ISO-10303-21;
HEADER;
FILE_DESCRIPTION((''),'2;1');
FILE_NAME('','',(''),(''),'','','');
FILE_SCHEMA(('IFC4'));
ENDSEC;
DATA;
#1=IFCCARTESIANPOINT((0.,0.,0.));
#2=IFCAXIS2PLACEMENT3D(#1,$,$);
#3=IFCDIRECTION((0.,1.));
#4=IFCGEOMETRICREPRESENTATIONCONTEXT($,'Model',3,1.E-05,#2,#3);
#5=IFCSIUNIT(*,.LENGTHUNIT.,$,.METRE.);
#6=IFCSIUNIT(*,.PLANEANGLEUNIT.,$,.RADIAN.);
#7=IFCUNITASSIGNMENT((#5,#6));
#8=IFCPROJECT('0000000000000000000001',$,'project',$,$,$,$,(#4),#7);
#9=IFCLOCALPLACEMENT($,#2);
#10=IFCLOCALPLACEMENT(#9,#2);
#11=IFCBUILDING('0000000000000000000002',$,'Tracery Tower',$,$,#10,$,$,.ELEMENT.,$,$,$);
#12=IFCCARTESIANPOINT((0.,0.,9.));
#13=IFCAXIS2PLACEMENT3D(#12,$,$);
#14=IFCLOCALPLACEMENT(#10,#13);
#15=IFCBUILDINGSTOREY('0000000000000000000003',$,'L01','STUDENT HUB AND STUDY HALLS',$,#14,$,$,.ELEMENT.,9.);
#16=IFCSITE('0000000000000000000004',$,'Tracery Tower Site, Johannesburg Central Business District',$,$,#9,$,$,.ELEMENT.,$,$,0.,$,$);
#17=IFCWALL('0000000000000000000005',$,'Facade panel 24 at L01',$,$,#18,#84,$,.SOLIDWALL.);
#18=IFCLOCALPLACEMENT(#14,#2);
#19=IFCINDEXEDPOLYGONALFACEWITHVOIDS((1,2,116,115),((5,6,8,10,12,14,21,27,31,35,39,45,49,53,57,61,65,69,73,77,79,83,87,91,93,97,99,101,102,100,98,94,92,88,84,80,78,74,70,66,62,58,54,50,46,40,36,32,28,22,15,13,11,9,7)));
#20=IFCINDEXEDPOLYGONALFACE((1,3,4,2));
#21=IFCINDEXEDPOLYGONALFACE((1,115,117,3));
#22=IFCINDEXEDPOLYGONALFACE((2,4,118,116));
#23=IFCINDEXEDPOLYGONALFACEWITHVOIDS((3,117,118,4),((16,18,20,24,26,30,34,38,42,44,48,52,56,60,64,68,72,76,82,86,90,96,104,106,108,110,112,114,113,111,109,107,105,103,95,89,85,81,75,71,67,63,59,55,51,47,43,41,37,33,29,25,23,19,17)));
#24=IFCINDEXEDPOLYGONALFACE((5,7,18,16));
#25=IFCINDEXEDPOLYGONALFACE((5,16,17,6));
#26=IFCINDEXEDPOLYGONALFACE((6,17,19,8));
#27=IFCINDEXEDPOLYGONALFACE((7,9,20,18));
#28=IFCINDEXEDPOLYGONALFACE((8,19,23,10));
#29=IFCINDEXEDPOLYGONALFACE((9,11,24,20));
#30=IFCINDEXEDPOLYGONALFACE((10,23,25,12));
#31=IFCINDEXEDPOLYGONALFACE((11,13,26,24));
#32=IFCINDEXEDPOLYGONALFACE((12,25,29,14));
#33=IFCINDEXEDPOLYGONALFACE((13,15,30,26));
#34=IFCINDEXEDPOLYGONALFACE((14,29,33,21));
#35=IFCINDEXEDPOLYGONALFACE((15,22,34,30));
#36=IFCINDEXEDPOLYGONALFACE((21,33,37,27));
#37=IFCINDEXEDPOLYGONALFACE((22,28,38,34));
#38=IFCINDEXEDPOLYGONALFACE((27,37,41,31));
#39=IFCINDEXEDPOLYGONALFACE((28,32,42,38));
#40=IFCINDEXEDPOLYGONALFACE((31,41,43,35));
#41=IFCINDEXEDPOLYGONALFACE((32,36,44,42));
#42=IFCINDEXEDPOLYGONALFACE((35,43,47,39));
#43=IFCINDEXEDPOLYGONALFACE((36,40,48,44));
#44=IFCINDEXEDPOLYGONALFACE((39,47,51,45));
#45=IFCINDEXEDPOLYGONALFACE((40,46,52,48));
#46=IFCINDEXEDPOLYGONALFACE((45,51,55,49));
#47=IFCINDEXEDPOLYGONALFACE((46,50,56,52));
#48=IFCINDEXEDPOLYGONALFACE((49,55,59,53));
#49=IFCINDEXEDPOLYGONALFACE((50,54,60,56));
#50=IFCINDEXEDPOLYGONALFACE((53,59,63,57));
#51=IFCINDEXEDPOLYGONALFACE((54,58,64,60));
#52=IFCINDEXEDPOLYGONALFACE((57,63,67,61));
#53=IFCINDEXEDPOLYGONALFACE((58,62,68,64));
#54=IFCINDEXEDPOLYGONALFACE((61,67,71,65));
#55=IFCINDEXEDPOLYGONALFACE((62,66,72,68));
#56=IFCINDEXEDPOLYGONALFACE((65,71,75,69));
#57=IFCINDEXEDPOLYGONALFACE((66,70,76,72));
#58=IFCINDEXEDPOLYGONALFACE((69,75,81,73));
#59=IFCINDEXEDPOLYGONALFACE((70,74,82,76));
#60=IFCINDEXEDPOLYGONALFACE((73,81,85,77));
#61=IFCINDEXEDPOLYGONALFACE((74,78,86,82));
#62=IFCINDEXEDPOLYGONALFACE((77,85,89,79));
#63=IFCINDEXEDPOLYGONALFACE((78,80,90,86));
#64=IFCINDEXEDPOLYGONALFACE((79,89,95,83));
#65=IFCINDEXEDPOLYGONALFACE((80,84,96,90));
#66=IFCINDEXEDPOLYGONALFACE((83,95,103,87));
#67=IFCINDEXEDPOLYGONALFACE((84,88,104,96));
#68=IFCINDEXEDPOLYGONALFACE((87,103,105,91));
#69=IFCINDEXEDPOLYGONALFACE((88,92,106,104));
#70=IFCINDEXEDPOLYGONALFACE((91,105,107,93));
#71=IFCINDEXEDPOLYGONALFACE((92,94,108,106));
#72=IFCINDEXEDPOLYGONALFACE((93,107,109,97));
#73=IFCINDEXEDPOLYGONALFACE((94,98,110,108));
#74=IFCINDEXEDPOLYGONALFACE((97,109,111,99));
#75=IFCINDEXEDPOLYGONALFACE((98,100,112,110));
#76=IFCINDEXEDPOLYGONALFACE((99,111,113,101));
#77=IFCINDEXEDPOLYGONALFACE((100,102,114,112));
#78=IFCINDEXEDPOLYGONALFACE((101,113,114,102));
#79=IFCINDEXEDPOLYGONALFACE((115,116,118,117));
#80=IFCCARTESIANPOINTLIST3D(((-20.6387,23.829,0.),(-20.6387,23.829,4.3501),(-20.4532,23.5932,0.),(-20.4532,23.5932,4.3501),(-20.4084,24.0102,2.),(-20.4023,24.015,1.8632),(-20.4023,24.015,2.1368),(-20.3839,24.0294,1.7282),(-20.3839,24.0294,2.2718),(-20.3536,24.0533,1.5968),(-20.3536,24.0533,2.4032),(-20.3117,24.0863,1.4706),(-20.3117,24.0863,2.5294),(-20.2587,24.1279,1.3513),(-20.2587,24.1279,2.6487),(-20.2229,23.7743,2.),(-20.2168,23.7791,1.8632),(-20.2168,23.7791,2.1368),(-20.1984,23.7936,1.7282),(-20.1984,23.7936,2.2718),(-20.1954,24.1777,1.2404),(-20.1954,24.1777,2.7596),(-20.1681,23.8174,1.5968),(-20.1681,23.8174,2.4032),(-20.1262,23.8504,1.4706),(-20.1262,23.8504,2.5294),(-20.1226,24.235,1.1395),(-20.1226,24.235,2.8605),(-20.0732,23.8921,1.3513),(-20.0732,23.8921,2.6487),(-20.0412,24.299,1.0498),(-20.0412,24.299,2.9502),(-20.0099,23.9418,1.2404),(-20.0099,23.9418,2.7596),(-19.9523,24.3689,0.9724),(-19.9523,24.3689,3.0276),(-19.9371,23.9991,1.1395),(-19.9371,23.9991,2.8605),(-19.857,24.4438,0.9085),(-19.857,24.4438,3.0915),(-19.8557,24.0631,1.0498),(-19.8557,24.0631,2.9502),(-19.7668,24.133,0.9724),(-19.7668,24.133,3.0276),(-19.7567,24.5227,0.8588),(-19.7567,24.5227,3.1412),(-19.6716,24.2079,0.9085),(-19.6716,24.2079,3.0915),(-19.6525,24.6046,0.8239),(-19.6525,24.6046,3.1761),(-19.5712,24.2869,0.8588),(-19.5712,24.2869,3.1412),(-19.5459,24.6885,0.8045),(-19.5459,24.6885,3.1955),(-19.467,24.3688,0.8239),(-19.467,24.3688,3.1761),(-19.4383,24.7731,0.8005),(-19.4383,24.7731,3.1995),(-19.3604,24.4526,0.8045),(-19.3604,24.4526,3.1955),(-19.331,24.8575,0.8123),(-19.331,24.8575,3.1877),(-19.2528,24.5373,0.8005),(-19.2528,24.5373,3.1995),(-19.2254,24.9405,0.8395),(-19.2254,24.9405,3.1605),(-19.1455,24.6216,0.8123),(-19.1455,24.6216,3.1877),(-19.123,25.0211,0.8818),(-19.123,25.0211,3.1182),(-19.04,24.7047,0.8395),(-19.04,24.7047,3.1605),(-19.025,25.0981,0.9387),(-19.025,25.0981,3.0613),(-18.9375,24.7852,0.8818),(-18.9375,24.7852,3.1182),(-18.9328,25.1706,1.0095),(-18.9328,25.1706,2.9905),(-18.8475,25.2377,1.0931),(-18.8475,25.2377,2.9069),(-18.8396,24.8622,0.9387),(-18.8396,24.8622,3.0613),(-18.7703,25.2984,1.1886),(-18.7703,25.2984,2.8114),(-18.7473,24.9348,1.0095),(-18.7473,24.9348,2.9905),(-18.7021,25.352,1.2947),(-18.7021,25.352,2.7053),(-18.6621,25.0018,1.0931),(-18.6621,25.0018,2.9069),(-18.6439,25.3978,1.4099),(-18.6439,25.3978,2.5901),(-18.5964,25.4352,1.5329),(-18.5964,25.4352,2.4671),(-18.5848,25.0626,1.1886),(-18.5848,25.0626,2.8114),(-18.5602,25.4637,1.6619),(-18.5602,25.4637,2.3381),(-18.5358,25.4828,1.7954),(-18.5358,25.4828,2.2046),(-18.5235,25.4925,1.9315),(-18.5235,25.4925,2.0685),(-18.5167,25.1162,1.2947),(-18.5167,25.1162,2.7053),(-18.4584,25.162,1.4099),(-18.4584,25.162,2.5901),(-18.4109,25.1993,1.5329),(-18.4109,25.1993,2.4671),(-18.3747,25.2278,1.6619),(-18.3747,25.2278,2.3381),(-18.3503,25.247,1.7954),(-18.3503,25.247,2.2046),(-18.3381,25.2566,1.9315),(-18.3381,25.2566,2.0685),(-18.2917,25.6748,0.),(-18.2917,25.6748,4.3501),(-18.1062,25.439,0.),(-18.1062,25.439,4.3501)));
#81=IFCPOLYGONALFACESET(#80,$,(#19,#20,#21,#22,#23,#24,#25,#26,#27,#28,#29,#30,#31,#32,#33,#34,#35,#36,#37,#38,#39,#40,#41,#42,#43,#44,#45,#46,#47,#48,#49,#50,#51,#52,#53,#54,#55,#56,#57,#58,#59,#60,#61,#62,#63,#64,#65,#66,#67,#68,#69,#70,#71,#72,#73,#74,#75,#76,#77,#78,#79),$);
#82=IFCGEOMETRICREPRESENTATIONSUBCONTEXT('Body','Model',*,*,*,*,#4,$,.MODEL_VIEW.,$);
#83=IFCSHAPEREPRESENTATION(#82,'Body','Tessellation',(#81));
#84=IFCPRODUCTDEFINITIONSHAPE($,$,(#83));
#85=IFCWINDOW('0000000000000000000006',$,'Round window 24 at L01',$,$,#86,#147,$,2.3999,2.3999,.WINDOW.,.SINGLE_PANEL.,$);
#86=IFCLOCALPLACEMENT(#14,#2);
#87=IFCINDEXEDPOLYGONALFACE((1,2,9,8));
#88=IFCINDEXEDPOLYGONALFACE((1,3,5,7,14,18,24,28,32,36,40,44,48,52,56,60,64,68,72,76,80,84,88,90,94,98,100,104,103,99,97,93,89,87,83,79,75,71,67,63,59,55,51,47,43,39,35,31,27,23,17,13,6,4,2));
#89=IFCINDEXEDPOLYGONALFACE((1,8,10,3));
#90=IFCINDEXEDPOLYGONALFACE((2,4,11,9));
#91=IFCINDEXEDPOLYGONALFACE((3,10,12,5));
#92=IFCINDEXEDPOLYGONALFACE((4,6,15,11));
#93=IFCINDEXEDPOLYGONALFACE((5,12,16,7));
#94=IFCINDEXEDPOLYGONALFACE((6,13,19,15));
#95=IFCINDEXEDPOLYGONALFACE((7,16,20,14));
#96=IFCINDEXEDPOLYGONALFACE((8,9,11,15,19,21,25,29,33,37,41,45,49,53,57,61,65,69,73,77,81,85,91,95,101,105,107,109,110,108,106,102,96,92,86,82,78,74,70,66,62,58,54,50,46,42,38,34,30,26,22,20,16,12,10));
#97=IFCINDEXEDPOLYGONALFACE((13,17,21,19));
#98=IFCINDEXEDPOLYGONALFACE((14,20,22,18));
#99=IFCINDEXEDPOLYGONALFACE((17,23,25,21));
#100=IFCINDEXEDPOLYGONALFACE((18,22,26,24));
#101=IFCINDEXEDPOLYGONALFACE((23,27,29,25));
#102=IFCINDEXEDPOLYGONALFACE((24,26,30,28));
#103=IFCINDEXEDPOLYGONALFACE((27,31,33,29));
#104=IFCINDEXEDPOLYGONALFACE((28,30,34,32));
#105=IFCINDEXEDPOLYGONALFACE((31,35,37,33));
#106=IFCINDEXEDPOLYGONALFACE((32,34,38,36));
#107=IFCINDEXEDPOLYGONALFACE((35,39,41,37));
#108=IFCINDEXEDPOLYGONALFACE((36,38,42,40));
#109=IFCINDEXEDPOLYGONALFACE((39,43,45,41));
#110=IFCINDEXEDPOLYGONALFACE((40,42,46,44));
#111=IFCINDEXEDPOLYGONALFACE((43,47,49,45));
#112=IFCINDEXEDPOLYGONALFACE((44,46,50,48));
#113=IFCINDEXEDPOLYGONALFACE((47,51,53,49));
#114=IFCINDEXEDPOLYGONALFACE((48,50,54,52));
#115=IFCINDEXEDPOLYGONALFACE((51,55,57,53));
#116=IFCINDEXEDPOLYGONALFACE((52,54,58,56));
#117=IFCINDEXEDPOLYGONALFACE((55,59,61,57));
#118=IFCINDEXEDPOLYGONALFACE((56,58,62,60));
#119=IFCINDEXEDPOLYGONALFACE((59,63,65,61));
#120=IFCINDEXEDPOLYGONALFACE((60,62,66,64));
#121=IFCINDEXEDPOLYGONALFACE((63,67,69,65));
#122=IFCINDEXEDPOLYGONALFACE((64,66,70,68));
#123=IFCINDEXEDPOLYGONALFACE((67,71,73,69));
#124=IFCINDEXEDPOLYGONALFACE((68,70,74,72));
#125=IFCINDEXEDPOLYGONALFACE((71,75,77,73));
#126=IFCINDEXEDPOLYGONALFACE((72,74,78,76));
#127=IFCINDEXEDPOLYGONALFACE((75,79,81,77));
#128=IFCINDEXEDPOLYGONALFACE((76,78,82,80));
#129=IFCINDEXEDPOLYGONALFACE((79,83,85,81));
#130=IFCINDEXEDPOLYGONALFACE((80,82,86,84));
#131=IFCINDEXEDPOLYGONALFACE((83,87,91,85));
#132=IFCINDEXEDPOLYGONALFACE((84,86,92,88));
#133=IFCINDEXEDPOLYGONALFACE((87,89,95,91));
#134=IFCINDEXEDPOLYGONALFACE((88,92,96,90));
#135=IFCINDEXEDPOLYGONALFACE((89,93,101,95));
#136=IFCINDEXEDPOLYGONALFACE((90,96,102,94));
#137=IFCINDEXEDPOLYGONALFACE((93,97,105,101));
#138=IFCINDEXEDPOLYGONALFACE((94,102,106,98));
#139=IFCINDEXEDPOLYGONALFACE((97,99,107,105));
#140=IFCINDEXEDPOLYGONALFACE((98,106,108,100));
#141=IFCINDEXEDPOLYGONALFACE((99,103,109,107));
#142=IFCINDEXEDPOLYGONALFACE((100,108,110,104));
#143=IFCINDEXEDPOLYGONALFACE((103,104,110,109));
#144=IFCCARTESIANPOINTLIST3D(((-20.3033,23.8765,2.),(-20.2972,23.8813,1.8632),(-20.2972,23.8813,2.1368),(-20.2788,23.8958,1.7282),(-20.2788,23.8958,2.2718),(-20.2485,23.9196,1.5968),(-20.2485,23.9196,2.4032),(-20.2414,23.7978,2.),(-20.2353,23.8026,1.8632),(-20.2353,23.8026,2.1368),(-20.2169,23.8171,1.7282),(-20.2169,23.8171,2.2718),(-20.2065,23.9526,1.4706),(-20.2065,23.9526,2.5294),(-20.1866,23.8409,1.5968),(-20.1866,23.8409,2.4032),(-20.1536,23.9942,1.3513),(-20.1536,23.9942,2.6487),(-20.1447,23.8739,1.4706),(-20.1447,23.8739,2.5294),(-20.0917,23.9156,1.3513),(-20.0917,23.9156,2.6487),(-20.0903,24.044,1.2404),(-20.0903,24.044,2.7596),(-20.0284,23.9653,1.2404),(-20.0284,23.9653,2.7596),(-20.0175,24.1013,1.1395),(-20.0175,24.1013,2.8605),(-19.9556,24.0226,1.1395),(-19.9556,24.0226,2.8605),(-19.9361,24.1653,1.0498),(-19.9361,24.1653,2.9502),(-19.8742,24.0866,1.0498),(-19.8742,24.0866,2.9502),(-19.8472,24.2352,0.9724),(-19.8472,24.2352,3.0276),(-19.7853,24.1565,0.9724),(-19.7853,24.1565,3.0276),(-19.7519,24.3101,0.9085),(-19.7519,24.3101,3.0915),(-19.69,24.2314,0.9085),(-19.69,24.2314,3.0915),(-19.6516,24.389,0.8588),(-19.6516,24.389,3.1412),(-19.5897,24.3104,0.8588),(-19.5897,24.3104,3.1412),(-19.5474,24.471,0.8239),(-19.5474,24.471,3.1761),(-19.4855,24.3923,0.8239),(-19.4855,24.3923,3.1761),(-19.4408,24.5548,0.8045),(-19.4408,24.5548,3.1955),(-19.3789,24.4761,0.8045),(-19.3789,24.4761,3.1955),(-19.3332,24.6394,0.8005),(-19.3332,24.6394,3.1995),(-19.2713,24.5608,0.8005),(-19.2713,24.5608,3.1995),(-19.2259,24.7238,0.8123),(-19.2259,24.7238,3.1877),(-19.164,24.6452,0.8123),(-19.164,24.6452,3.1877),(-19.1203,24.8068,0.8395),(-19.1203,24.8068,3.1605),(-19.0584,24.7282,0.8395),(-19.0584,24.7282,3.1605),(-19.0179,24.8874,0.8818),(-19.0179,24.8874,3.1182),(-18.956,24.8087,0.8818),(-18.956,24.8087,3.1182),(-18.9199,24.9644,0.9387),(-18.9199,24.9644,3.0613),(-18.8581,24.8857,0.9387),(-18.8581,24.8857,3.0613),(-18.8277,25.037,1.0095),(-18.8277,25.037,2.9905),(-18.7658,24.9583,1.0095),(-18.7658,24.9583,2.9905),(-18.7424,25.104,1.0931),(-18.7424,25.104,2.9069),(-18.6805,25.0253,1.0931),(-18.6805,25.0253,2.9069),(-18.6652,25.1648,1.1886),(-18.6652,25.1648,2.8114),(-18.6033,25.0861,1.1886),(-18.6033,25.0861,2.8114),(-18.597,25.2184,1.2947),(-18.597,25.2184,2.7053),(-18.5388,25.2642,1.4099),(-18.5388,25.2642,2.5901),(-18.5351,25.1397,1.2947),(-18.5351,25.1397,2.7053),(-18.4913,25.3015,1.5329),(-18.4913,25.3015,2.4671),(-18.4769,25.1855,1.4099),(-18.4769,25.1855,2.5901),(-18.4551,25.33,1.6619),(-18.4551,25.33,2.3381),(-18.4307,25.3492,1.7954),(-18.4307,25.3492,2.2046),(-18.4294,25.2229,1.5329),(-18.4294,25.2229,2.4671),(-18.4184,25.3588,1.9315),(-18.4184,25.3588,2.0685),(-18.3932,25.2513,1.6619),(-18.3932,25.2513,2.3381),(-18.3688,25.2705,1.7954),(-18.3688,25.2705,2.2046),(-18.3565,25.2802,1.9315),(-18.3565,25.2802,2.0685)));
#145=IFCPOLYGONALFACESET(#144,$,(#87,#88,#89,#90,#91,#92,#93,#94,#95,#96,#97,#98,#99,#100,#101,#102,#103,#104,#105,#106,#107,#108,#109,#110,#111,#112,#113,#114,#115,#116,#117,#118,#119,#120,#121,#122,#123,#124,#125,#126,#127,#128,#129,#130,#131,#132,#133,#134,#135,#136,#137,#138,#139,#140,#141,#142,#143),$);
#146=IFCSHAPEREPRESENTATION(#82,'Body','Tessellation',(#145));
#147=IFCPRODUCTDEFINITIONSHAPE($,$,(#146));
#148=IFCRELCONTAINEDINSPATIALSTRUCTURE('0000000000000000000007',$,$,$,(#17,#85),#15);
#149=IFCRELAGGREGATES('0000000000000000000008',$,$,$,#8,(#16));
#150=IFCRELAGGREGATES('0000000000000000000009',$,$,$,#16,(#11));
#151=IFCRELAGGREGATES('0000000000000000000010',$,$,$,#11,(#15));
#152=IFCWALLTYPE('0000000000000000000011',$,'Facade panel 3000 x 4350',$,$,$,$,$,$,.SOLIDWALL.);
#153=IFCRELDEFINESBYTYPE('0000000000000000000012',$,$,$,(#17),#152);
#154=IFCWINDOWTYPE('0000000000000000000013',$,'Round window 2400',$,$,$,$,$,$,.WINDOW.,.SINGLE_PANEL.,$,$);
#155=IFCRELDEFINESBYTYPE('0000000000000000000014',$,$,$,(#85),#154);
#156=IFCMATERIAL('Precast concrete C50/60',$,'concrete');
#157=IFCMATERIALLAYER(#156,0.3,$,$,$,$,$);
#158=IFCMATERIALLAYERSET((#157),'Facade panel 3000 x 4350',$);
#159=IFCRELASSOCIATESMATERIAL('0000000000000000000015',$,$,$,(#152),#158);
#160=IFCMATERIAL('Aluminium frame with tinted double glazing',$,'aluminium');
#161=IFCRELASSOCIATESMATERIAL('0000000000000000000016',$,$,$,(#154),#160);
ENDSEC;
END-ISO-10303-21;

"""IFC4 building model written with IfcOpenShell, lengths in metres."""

from ifc_helpers import new_model, si_unit, direction, frame, frame_2d, origin, origin_2d, place, context, subcontext, project, spatial, rectangle, circle, extrude, material, layer, layer_set, type_object, element, fill, save


model = new_model("IFC4")

# Units and contexts
model_context = context("Model", 3, precision=1e-05, world=origin(), true_north=direction((0.0, 1.0)))
body_context = subcontext(model_context, "Body", "Model", "MODEL_VIEW")
ifc_project = project(units=[si_unit("LENGTHUNIT", "METRE"), si_unit("PLANEANGLEUNIT", "RADIAN")], contexts=[model_context])

# Site, building, storey
site_placement = place(None, origin())
site = spatial("IfcSite", under=ifc_project, at=site_placement, Name="Tracery Tower Site, Johannesburg Central Business District", CompositionType="ELEMENT", RefElevation=0.0)
building_placement = place(site_placement, origin())
building = spatial("IfcBuilding", under=site, at=building_placement, Name="Tracery Tower", CompositionType="ELEMENT")
storey_placement = place(building_placement, frame((0.0, 0.0, 9.0)))
storey = spatial("IfcBuildingStorey", under=building, at=storey_placement, Name="L01", Description="STUDENT HUB AND STUDY HALLS", CompositionType="ELEMENT", Elevation=9.0)

# Wall, opening, window
ifc_material_1 = material(Name="Precast concrete C50/60", Category="concrete")
ifc_layer_1 = layer(ifc_material_1, 0.3)
ifc_layer_set_1 = layer_set([ifc_layer_1], Name="Facade panel 3000 x 4350")
wall_type_1 = type_object("IfcWallType", Name="Facade panel 3000 x 4350", PredefinedType="SOLIDWALL", material=ifc_layer_set_1)
wall_1_placement = place(storey_placement, frame((-18.199, 25.5569, 0.0), z_axis=(0.0, 0.0, 1.0), x_axis=(-0.786043, -0.618172, 0.0)))
wall_1 = element("IfcWall", 1, at=wall_1_placement, inside=storey, type_object=wall_type_1, Name="Facade panel 24 at L01", PredefinedType="SOLIDWALL", context=body_context, shape_type="SweptSolid", body=[
    extrude(rectangle(XDim=2.9858, YDim=0.3, at=frame_2d((1.4929, 0.0))), origin(), (0.0, 0.0, 1.0), 4.3501),
])
opening_1_placement = place(wall_1_placement, frame((1.4929, 0.0, 2.0)))
opening_1 = element("IfcOpeningElement", 2, at=opening_1_placement, cuts=wall_1, PredefinedType="OPENING", context=body_context, shape_type="SweptSolid", body=[
    extrude(circle(Radius=1.2, at=origin_2d()), frame((0.0, 0.1599, 0.0), z_axis=(0.0, -1.0, 0.0), x_axis=(1.0, 0.0, 0.0)), (0.0, 0.0, 1.0), 0.3201),
])
ifc_material_2 = material(Name="Aluminium frame with tinted double glazing", Category="aluminium")
window_type = type_object("IfcWindowType", Name="Round window 2400", PartitioningType="SINGLE_PANEL", PredefinedType="WINDOW", material=ifc_material_2)
window_1_placement = place(opening_1_placement, origin())
window_1 = element("IfcWindow", 3, at=window_1_placement, inside=storey, type_object=window_type, Name="Round window 24 at L01", OverallHeight=2.3999, OverallWidth=2.3999, PartitioningType="SINGLE_PANEL", PredefinedType="WINDOW", context=body_context, shape_type="SweptSolid", body=[
    extrude(circle(Radius=1.2, at=origin_2d()), frame((0.0, 0.1201, 0.0), z_axis=(0.0, -1.0, 0.0), x_axis=(1.0, 0.0, 0.0)), (0.0, 0.0, 1.0), 0.1001),
])
fill(opening_1, window_1)

save(model, "model.ifc")
